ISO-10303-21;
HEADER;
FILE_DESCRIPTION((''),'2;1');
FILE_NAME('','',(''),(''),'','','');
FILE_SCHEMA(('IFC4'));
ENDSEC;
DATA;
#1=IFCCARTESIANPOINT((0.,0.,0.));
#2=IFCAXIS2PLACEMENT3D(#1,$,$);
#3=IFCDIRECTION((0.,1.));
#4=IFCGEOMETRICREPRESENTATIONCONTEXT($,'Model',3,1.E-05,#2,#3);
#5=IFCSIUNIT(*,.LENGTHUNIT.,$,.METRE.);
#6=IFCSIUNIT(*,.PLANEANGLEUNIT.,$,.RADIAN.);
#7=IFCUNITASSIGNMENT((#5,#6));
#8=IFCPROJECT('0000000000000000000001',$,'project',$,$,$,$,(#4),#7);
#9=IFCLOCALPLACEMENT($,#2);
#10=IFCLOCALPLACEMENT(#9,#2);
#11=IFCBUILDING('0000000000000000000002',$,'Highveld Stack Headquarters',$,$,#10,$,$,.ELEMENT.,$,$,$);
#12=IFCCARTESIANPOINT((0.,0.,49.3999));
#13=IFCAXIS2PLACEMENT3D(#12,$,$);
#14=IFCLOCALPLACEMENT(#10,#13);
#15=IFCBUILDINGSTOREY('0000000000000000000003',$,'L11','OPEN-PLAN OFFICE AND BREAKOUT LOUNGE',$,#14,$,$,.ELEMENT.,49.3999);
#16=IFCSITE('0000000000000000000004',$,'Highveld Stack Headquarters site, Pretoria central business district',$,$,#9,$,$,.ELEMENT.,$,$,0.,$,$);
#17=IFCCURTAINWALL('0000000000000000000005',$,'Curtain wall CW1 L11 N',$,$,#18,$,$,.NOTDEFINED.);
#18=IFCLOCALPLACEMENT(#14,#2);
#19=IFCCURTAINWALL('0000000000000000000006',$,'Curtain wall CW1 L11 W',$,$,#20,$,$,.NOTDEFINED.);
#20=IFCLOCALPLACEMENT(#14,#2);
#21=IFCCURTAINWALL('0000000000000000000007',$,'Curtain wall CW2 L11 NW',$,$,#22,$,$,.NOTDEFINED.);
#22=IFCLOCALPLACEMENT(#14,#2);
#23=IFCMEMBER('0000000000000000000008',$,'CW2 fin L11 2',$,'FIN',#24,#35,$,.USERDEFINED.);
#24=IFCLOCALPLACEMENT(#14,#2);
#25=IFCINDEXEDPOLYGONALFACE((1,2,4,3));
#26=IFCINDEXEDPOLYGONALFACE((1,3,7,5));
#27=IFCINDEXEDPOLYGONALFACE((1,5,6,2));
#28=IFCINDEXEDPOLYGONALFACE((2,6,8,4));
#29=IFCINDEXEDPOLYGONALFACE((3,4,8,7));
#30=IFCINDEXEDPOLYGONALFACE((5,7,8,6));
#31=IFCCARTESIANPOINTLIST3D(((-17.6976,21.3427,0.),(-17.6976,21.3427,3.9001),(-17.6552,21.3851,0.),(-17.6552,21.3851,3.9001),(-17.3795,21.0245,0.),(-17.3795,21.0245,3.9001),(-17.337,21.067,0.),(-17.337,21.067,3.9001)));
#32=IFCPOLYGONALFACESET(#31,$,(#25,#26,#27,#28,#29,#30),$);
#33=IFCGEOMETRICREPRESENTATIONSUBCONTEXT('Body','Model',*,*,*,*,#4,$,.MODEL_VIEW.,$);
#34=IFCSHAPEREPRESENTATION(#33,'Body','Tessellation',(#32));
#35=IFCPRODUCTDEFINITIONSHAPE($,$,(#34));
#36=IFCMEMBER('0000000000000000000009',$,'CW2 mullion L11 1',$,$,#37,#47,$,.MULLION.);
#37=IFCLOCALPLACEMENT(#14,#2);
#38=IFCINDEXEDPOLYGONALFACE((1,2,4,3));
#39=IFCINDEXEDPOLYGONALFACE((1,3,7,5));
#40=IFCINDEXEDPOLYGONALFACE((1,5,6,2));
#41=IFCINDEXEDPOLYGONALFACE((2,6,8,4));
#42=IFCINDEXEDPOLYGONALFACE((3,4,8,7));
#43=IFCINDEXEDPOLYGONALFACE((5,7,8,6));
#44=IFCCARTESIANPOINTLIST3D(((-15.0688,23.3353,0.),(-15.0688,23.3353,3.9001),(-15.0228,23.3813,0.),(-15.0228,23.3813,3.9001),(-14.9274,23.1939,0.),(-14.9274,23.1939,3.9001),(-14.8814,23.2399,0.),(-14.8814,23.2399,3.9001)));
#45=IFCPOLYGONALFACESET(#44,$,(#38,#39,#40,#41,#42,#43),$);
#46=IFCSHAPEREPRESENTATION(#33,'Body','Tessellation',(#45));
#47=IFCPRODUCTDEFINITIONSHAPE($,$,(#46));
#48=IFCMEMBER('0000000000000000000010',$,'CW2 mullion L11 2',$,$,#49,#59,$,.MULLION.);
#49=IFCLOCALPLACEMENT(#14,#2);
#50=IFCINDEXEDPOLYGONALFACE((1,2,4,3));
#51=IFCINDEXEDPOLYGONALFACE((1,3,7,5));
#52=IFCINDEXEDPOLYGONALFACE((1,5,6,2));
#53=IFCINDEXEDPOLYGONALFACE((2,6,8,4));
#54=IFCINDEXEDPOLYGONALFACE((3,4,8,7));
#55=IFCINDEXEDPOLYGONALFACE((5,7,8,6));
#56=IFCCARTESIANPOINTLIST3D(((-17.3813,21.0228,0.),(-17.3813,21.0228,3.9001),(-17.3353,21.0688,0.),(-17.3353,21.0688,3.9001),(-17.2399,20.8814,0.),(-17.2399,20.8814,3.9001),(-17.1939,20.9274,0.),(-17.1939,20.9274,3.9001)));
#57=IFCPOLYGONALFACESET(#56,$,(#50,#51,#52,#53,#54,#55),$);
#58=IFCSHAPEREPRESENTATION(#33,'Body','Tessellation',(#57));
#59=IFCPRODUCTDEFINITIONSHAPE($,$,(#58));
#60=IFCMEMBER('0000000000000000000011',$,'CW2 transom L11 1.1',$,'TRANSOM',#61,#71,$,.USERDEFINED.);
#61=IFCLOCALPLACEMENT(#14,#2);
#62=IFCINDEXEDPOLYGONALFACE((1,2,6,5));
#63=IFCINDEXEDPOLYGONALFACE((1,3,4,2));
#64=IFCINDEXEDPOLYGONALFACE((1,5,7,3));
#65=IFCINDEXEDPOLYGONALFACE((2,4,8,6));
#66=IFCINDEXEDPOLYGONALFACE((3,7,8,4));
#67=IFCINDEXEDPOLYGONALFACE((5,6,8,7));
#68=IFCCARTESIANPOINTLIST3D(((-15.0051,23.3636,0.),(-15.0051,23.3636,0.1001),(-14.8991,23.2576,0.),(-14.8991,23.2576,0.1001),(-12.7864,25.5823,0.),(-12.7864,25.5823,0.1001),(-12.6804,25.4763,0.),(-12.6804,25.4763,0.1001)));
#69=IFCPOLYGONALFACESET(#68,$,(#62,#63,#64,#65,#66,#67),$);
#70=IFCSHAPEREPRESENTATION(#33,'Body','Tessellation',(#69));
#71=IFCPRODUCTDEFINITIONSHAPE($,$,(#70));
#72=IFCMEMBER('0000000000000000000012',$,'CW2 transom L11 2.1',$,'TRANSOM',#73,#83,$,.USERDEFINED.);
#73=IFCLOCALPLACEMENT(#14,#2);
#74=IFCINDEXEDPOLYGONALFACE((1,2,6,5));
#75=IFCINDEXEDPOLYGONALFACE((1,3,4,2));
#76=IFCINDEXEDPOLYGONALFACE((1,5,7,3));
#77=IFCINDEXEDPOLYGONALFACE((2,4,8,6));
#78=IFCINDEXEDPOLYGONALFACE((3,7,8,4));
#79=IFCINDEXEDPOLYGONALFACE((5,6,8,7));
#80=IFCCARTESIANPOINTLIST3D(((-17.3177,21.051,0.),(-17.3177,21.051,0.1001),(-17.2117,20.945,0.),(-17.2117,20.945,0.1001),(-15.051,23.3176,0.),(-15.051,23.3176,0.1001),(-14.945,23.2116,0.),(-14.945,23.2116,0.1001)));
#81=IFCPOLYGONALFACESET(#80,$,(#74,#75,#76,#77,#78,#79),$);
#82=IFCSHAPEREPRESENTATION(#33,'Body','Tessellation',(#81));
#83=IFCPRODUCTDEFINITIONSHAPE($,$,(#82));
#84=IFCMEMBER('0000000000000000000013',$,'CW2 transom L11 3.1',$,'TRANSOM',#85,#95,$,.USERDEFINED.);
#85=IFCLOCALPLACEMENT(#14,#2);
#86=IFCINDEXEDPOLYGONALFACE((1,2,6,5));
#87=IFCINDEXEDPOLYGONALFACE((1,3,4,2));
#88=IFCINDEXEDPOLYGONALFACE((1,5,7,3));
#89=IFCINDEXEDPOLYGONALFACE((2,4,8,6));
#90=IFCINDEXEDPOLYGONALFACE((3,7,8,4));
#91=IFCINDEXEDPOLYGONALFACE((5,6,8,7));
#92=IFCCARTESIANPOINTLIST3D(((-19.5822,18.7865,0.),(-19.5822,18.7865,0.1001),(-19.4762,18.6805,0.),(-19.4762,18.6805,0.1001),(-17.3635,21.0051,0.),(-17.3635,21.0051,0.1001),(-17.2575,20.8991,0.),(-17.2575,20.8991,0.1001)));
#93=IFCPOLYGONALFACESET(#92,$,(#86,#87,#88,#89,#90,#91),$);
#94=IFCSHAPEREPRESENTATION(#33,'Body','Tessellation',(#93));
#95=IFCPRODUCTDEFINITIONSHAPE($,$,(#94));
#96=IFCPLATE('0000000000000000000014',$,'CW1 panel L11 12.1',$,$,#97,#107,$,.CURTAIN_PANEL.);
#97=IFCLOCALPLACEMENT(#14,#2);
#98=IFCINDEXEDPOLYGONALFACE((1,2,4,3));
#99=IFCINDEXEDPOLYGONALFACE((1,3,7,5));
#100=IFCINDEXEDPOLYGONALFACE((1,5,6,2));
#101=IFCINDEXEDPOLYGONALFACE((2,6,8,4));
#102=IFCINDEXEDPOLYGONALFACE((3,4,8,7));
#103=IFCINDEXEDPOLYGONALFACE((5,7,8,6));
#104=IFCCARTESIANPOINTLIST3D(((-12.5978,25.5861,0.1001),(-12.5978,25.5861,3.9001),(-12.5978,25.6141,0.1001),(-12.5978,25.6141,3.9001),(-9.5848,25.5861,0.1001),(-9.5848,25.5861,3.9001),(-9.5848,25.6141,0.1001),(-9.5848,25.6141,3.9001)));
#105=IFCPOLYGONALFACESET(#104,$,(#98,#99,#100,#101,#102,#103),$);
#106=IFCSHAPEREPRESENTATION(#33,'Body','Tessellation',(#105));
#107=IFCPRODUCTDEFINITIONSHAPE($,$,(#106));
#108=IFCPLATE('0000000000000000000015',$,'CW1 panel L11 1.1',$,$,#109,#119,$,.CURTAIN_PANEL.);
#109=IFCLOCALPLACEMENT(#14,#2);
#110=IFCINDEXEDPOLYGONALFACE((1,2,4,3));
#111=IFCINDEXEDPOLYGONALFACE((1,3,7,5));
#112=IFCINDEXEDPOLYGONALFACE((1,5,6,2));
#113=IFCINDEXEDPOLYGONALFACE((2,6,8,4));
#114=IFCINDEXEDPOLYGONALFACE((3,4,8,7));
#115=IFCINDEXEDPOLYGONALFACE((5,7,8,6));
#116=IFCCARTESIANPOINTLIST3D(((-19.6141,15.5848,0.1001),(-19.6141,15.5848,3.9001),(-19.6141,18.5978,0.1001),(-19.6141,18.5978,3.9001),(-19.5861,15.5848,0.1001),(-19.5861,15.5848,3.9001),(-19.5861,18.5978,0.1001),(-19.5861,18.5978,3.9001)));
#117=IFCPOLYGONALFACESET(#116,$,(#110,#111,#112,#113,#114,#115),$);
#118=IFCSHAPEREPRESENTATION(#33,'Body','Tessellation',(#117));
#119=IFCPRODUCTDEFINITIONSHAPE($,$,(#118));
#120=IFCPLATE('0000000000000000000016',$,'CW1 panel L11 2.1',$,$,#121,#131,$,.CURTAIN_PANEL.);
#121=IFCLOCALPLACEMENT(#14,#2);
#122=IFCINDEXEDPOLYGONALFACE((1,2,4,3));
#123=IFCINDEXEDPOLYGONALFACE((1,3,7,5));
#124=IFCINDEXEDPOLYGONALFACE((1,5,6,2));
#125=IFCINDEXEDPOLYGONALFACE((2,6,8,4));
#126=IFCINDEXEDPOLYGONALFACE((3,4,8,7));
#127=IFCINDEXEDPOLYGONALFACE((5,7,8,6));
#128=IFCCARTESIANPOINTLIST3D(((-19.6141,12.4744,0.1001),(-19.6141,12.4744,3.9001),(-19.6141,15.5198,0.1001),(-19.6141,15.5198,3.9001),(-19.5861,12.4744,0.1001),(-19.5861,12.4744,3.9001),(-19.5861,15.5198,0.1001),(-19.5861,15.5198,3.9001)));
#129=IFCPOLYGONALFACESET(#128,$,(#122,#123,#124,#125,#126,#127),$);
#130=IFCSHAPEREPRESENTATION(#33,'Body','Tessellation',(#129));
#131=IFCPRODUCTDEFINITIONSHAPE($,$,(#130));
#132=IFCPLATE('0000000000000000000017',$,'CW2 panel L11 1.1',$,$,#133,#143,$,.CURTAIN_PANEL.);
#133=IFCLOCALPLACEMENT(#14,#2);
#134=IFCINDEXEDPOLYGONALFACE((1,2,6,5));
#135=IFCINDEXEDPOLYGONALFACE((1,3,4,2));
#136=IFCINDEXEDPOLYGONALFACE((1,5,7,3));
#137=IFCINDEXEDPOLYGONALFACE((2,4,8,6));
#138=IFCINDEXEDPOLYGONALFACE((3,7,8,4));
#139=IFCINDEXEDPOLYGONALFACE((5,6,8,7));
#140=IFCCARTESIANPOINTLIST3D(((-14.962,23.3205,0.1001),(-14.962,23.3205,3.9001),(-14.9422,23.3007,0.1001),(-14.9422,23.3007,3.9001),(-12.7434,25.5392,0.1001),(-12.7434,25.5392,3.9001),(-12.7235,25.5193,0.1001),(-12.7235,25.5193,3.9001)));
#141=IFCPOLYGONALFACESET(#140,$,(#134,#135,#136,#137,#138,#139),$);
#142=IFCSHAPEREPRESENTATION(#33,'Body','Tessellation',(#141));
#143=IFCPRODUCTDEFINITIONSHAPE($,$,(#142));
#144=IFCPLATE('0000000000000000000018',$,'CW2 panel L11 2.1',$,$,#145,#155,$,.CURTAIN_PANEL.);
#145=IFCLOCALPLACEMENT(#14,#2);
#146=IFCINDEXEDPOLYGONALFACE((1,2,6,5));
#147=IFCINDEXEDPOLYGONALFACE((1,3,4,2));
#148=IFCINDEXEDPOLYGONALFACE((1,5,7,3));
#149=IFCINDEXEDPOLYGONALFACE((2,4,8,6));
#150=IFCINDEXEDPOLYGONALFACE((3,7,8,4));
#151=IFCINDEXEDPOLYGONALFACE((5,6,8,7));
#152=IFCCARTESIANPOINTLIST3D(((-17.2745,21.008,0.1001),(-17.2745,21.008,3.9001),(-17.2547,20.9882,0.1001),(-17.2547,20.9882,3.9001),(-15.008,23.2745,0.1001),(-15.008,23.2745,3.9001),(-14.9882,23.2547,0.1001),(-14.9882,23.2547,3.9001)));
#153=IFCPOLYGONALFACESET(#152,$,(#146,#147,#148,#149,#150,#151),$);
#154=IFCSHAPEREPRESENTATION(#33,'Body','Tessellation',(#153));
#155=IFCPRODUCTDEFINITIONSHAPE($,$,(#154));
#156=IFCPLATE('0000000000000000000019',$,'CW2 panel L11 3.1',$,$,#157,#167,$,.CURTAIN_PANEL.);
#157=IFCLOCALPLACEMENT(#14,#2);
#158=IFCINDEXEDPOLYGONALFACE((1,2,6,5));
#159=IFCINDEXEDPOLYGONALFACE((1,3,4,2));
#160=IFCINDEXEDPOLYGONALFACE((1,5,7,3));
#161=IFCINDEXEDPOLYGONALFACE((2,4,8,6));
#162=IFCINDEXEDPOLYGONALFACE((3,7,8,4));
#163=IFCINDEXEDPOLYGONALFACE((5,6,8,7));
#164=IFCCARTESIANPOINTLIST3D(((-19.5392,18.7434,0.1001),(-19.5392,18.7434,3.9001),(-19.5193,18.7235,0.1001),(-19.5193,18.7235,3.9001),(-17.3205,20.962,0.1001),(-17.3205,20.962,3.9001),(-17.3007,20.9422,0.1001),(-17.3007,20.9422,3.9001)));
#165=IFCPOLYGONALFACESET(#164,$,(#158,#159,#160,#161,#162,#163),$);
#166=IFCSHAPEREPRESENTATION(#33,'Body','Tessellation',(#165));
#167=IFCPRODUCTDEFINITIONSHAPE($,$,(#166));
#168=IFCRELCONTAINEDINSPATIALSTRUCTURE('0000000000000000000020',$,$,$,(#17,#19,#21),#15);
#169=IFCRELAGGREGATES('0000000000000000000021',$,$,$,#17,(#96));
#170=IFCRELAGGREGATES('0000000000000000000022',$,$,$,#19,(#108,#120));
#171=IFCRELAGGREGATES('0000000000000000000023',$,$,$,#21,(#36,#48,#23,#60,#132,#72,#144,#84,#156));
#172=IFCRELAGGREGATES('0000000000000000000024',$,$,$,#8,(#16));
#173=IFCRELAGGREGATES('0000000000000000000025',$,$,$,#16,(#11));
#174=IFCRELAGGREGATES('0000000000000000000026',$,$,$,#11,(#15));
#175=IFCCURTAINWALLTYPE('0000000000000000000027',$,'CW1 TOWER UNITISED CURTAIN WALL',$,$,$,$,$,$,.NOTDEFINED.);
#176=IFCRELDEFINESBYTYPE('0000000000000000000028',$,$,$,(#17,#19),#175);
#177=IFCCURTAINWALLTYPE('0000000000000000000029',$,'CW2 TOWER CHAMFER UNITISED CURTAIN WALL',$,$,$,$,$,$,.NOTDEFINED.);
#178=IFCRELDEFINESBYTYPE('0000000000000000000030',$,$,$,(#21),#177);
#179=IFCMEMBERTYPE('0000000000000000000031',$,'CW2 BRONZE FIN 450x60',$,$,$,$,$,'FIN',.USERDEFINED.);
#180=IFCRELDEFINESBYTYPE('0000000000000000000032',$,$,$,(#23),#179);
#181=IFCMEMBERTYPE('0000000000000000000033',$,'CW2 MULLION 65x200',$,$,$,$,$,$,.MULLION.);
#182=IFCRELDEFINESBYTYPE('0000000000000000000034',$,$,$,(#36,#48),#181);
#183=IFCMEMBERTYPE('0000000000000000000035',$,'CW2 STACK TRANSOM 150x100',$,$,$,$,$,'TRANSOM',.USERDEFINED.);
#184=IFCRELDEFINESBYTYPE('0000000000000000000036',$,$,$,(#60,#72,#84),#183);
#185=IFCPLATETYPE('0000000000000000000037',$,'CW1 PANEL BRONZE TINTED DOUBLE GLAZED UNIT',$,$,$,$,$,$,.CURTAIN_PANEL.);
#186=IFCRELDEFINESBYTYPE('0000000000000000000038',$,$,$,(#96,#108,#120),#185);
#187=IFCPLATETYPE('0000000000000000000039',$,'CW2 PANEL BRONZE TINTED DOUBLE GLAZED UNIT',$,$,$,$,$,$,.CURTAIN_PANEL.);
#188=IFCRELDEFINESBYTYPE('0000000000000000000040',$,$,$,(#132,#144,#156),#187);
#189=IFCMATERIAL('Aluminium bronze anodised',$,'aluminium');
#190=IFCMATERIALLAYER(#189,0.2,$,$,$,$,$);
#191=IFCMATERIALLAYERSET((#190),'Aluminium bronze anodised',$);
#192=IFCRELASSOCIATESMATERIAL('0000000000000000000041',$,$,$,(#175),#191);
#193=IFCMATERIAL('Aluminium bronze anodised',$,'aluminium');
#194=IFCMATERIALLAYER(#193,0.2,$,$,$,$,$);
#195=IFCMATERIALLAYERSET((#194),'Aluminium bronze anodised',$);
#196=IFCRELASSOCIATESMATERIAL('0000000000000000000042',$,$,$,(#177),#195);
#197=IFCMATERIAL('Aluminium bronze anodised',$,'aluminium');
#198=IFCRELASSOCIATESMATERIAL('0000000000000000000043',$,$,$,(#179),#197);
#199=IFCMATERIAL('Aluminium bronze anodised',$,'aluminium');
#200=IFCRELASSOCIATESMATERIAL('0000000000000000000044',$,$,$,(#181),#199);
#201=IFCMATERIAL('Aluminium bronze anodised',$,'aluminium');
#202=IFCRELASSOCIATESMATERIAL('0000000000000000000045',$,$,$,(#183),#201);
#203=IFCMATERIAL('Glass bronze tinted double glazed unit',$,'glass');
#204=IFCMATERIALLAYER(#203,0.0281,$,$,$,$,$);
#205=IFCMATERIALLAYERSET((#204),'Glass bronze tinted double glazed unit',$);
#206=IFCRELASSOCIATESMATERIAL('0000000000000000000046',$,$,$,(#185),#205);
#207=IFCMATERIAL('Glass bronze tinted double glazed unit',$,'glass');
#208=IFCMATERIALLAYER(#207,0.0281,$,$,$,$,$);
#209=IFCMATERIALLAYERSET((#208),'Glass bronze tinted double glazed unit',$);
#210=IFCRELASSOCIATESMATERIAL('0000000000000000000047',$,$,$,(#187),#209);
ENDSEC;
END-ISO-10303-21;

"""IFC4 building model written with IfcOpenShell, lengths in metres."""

from ifc_helpers import new_model, si_unit, direction, frame, origin, origin_2d, place, context, subcontext, project, spatial, rectangle, extrude, material, layer, layer_set, material_profile, profile_set, type_object, element, aggregate, save


model = new_model("IFC4")

# Units and contexts
model_context = context("Model", 3, precision=1e-05, world=origin(), true_north=direction((0.0, 1.0)))
body_context = subcontext(model_context, "Body", "Model", "MODEL_VIEW")
ifc_project = project(units=[si_unit("LENGTHUNIT", "METRE"), si_unit("PLANEANGLEUNIT", "RADIAN")], contexts=[model_context])

# Site, building, storey
site_placement = place(None, origin())
site = spatial("IfcSite", under=ifc_project, at=site_placement, Name="Highveld Stack Headquarters site, Pretoria central business district", CompositionType="ELEMENT", RefElevation=0.0)
building_placement = place(site_placement, origin())
building = spatial("IfcBuilding", under=site, at=building_placement, Name="Highveld Stack Headquarters", CompositionType="ELEMENT")
storey_placement = place(building_placement, frame((0.0, 0.0, 49.3999)))
storey = spatial("IfcBuildingStorey", under=building, at=storey_placement, Name="L11", Description="OPEN-PLAN OFFICE AND BREAKOUT LOUNGE", CompositionType="ELEMENT", Elevation=49.3999)

# Curtain wall
ifc_material_1 = material(Name="Aluminium bronze anodised", Category="aluminium")
ifc_layer_1 = layer(ifc_material_1, 0.2)
ifc_layer_set_1 = layer_set([ifc_layer_1], Name="Aluminium bronze anodised")
curtain_wall_type_1 = type_object("IfcCurtainWallType", Name="CW1 TOWER UNITISED CURTAIN WALL", PredefinedType="NOTDEFINED", material=ifc_layer_set_1)
curtain_wall_1_placement = place(storey_placement, origin())
curtain_wall_1 = element("IfcCurtainWall", 1, at=curtain_wall_1_placement, inside=storey, type_object=curtain_wall_type_1, Name="Curtain wall CW1 L11 N", PredefinedType="NOTDEFINED")

# Curtain wall
curtain_wall_2_placement = place(storey_placement, origin())
curtain_wall_2 = element("IfcCurtainWall", 2, at=curtain_wall_2_placement, inside=storey, type_object=curtain_wall_type_1, Name="Curtain wall CW1 L11 W", PredefinedType="NOTDEFINED")

# Curtain wall, members
ifc_material_2 = material(Name="Aluminium bronze anodised", Category="aluminium")
ifc_layer_2 = layer(ifc_material_2, 0.2)
ifc_layer_set_2 = layer_set([ifc_layer_2], Name="Aluminium bronze anodised")
curtain_wall_type_2 = type_object("IfcCurtainWallType", Name="CW2 TOWER CHAMFER UNITISED CURTAIN WALL", PredefinedType="NOTDEFINED", material=ifc_layer_set_2)
curtain_wall_3_placement = place(storey_placement, origin())
curtain_wall_3 = element("IfcCurtainWall", 3, at=curtain_wall_3_placement, inside=storey, type_object=curtain_wall_type_2, Name="Curtain wall CW2 L11 NW", PredefinedType="NOTDEFINED")
ifc_material_3 = material(Name="Aluminium bronze anodised", Category="aluminium")
ifc_material_profile_1 = material_profile(ifc_material_3, rectangle(XDim=0.45, YDim=0.0601, at=origin_2d()), Name="FIN 450x60")
ifc_profile_set_1 = profile_set([ifc_material_profile_1], Name="Aluminium bronze anodised")
member_type_1 = type_object("IfcMemberType", Name="CW2 BRONZE FIN 450x60", ElementType="FIN", PredefinedType="USERDEFINED", material=ifc_profile_set_1)
member_1_placement = place(storey_placement, frame((-17.5173, 21.2048, 0.0), z_axis=(0.0, 0.0, 1.0), x_axis=(0.707107, -0.707107, 0.0)))
member_1 = element("IfcMember", 4, at=member_1_placement, type_object=member_type_1, Name="CW2 fin L11 2", ObjectType="FIN", PredefinedType="USERDEFINED", context=body_context, shape_type="SweptSolid", body=[
    extrude(rectangle(XDim=0.45, YDim=0.0601, at=origin_2d()), origin(), (0.0, 0.0, 1.0), 3.9001),
])
ifc_material_4 = material(Name="Aluminium bronze anodised", Category="aluminium")
ifc_material_profile_2 = material_profile(ifc_material_4, rectangle(XDim=0.2, YDim=0.0649, at=origin_2d()), Name="CW2 MULLION 65x200")
ifc_profile_set_2 = profile_set([ifc_material_profile_2], Name="Aluminium bronze anodised")
member_type_2 = type_object("IfcMemberType", Name="CW2 MULLION 65x200", PredefinedType="MULLION", material=ifc_profile_set_2)
member_2_placement = place(storey_placement, frame((-14.9751, 23.2876, 0.0), z_axis=(0.0, 0.0, 1.0), x_axis=(0.707107, -0.707107, 0.0)))
member_2 = element("IfcMember", 5, at=member_2_placement, type_object=member_type_2, Name="CW2 mullion L11 1", PredefinedType="MULLION", context=body_context, shape_type="SweptSolid", body=[
    extrude(rectangle(XDim=0.2, YDim=0.0649, at=origin_2d()), origin(), (0.0, 0.0, 1.0), 3.9001),
])
member_3_placement = place(storey_placement, frame((-17.2876, 20.9751, 0.0), z_axis=(0.0, 0.0, 1.0), x_axis=(0.707107, -0.707107, 0.0)))
member_3 = element("IfcMember", 6, at=member_3_placement, type_object=member_type_2, Name="CW2 mullion L11 2", PredefinedType="MULLION", context=body_context, shape_type="SweptSolid", body=[
    extrude(rectangle(XDim=0.2, YDim=0.0649, at=origin_2d()), origin(), (0.0, 0.0, 1.0), 3.9001),
])
ifc_material_5 = material(Name="Aluminium bronze anodised", Category="aluminium")
ifc_material_profile_3 = material_profile(ifc_material_5, rectangle(XDim=0.1499, YDim=0.1001, at=origin_2d()), Name="CW2 TRANSOM 150x100")
ifc_profile_set_3 = profile_set([ifc_material_profile_3], Name="Aluminium bronze anodised")
member_type_3 = type_object("IfcMemberType", Name="CW2 STACK TRANSOM 150x100", ElementType="TRANSOM", PredefinedType="USERDEFINED", material=ifc_profile_set_3)
member_4_placement = place(storey_placement, frame((-12.7334, 25.5293, 0.05), z_axis=(-0.707107, -0.707107, 0.0), x_axis=(0.707107, -0.707107, 0.0)))
member_4 = element("IfcMember", 7, at=member_4_placement, type_object=member_type_3, Name="CW2 transom L11 1.1", ObjectType="TRANSOM", PredefinedType="USERDEFINED", context=body_context, shape_type="SweptSolid", body=[
    extrude(rectangle(XDim=0.1499, YDim=0.1001, at=origin_2d()), origin(), (0.0, 0.0, 1.0), 3.1377),
])
member_5_placement = place(storey_placement, frame((-14.998, 23.2646, 0.05), z_axis=(-0.707107, -0.707107, 0.0), x_axis=(0.707107, -0.707107, 0.0)))
member_5 = element("IfcMember", 8, at=member_5_placement, type_object=member_type_3, Name="CW2 transom L11 2.1", ObjectType="TRANSOM", PredefinedType="USERDEFINED", context=body_context, shape_type="SweptSolid", body=[
    extrude(rectangle(XDim=0.1499, YDim=0.1001, at=origin_2d()), origin(), (0.0, 0.0, 1.0), 3.2056),
])
member_6_placement = place(storey_placement, frame((-17.3105, 20.9521, 0.05), z_axis=(-0.707107, -0.707107, 0.0), x_axis=(0.707107, -0.707107, 0.0)))
member_6 = element("IfcMember", 9, at=member_6_placement, type_object=member_type_3, Name="CW2 transom L11 3.1", ObjectType="TRANSOM", PredefinedType="USERDEFINED", context=body_context, shape_type="SweptSolid", body=[
    extrude(rectangle(XDim=0.1499, YDim=0.1001, at=origin_2d()), origin(), (0.0, 0.0, 1.0), 3.1377),
])

# Plates
ifc_material_6 = material(Name="Glass bronze tinted double glazed unit", Category="glass")
ifc_layer_3 = layer(ifc_material_6, 0.0281)
ifc_layer_set_3 = layer_set([ifc_layer_3], Name="Glass bronze tinted double glazed unit")
plate_type_1 = type_object("IfcPlateType", Name="CW1 PANEL BRONZE TINTED DOUBLE GLAZED UNIT", PredefinedType="CURTAIN_PANEL", material=ifc_layer_set_3)
plate_1_placement = place(storey_placement, frame((-11.0913, 25.6001, 0.1001), z_axis=(0.0, 0.0, 1.0), x_axis=(-1.0, 0.0, 0.0)))
plate_1 = element("IfcPlate", 10, at=plate_1_placement, type_object=plate_type_1, Name="CW1 panel L11 12.1", PredefinedType="CURTAIN_PANEL", context=body_context, shape_type="SweptSolid", body=[
    extrude(rectangle(XDim=3.0129, YDim=0.0281, at=origin_2d()), origin(), (0.0, 0.0, 1.0), 3.8),
])
aggregate(curtain_wall_1, [plate_1])
plate_2_placement = place(storey_placement, frame((-19.6001, 17.0913, 0.1001), z_axis=(0.0, 0.0, 1.0), x_axis=(0.0, -1.0, 0.0)))
plate_2 = element("IfcPlate", 11, at=plate_2_placement, type_object=plate_type_1, Name="CW1 panel L11 1.1", PredefinedType="CURTAIN_PANEL", context=body_context, shape_type="SweptSolid", body=[
    extrude(rectangle(XDim=3.0129, YDim=0.0281, at=origin_2d()), origin(), (0.0, 0.0, 1.0), 3.8),
])
plate_3_placement = place(storey_placement, frame((-19.6001, 13.9971, 0.1001), z_axis=(0.0, 0.0, 1.0), x_axis=(0.0, -1.0, 0.0)))
plate_3 = element("IfcPlate", 12, at=plate_3_placement, type_object=plate_type_1, Name="CW1 panel L11 2.1", PredefinedType="CURTAIN_PANEL", context=body_context, shape_type="SweptSolid", body=[
    extrude(rectangle(XDim=3.0454, YDim=0.0281, at=origin_2d()), origin(), (0.0, 0.0, 1.0), 3.8),
])
aggregate(curtain_wall_2, [plate_2, plate_3])
ifc_material_7 = material(Name="Glass bronze tinted double glazed unit", Category="glass")
ifc_layer_4 = layer(ifc_material_7, 0.0281)
ifc_layer_set_4 = layer_set([ifc_layer_4], Name="Glass bronze tinted double glazed unit")
plate_type_2 = type_object("IfcPlateType", Name="CW2 PANEL BRONZE TINTED DOUBLE GLAZED UNIT", PredefinedType="CURTAIN_PANEL", material=ifc_layer_set_4)
plate_4_placement = place(storey_placement, frame((-13.8428, 24.4199, 0.1001), z_axis=(0.0, 0.0, 1.0), x_axis=(-0.707107, -0.707107, 0.0)))
plate_4 = element("IfcPlate", 13, at=plate_4_placement, type_object=plate_type_2, Name="CW2 panel L11 1.1", PredefinedType="CURTAIN_PANEL", context=body_context, shape_type="SweptSolid", body=[
    extrude(rectangle(XDim=3.1377, YDim=0.0281, at=origin_2d()), origin(), (0.0, 0.0, 1.0), 3.8),
])
plate_5_placement = place(storey_placement, frame((-16.1313, 22.1313, 0.1001), z_axis=(0.0, 0.0, 1.0), x_axis=(-0.707107, -0.707107, 0.0)))
plate_5 = element("IfcPlate", 14, at=plate_5_placement, type_object=plate_type_2, Name="CW2 panel L11 2.1", PredefinedType="CURTAIN_PANEL", context=body_context, shape_type="SweptSolid", body=[
    extrude(rectangle(XDim=3.2053, YDim=0.0281, at=origin_2d()), origin(), (0.0, 0.0, 1.0), 3.8),
])
plate_6_placement = place(storey_placement, frame((-18.4199, 19.8428, 0.1001), z_axis=(0.0, 0.0, 1.0), x_axis=(-0.707107, -0.707107, 0.0)))
plate_6 = element("IfcPlate", 15, at=plate_6_placement, type_object=plate_type_2, Name="CW2 panel L11 3.1", PredefinedType="CURTAIN_PANEL", context=body_context, shape_type="SweptSolid", body=[
    extrude(rectangle(XDim=3.1377, YDim=0.0281, at=origin_2d()), origin(), (0.0, 0.0, 1.0), 3.8),
])
aggregate(curtain_wall_3, [member_2, member_3, member_1, member_4, plate_4, member_5, plate_5, member_6, plate_6])

save(model, "model.ifc")
